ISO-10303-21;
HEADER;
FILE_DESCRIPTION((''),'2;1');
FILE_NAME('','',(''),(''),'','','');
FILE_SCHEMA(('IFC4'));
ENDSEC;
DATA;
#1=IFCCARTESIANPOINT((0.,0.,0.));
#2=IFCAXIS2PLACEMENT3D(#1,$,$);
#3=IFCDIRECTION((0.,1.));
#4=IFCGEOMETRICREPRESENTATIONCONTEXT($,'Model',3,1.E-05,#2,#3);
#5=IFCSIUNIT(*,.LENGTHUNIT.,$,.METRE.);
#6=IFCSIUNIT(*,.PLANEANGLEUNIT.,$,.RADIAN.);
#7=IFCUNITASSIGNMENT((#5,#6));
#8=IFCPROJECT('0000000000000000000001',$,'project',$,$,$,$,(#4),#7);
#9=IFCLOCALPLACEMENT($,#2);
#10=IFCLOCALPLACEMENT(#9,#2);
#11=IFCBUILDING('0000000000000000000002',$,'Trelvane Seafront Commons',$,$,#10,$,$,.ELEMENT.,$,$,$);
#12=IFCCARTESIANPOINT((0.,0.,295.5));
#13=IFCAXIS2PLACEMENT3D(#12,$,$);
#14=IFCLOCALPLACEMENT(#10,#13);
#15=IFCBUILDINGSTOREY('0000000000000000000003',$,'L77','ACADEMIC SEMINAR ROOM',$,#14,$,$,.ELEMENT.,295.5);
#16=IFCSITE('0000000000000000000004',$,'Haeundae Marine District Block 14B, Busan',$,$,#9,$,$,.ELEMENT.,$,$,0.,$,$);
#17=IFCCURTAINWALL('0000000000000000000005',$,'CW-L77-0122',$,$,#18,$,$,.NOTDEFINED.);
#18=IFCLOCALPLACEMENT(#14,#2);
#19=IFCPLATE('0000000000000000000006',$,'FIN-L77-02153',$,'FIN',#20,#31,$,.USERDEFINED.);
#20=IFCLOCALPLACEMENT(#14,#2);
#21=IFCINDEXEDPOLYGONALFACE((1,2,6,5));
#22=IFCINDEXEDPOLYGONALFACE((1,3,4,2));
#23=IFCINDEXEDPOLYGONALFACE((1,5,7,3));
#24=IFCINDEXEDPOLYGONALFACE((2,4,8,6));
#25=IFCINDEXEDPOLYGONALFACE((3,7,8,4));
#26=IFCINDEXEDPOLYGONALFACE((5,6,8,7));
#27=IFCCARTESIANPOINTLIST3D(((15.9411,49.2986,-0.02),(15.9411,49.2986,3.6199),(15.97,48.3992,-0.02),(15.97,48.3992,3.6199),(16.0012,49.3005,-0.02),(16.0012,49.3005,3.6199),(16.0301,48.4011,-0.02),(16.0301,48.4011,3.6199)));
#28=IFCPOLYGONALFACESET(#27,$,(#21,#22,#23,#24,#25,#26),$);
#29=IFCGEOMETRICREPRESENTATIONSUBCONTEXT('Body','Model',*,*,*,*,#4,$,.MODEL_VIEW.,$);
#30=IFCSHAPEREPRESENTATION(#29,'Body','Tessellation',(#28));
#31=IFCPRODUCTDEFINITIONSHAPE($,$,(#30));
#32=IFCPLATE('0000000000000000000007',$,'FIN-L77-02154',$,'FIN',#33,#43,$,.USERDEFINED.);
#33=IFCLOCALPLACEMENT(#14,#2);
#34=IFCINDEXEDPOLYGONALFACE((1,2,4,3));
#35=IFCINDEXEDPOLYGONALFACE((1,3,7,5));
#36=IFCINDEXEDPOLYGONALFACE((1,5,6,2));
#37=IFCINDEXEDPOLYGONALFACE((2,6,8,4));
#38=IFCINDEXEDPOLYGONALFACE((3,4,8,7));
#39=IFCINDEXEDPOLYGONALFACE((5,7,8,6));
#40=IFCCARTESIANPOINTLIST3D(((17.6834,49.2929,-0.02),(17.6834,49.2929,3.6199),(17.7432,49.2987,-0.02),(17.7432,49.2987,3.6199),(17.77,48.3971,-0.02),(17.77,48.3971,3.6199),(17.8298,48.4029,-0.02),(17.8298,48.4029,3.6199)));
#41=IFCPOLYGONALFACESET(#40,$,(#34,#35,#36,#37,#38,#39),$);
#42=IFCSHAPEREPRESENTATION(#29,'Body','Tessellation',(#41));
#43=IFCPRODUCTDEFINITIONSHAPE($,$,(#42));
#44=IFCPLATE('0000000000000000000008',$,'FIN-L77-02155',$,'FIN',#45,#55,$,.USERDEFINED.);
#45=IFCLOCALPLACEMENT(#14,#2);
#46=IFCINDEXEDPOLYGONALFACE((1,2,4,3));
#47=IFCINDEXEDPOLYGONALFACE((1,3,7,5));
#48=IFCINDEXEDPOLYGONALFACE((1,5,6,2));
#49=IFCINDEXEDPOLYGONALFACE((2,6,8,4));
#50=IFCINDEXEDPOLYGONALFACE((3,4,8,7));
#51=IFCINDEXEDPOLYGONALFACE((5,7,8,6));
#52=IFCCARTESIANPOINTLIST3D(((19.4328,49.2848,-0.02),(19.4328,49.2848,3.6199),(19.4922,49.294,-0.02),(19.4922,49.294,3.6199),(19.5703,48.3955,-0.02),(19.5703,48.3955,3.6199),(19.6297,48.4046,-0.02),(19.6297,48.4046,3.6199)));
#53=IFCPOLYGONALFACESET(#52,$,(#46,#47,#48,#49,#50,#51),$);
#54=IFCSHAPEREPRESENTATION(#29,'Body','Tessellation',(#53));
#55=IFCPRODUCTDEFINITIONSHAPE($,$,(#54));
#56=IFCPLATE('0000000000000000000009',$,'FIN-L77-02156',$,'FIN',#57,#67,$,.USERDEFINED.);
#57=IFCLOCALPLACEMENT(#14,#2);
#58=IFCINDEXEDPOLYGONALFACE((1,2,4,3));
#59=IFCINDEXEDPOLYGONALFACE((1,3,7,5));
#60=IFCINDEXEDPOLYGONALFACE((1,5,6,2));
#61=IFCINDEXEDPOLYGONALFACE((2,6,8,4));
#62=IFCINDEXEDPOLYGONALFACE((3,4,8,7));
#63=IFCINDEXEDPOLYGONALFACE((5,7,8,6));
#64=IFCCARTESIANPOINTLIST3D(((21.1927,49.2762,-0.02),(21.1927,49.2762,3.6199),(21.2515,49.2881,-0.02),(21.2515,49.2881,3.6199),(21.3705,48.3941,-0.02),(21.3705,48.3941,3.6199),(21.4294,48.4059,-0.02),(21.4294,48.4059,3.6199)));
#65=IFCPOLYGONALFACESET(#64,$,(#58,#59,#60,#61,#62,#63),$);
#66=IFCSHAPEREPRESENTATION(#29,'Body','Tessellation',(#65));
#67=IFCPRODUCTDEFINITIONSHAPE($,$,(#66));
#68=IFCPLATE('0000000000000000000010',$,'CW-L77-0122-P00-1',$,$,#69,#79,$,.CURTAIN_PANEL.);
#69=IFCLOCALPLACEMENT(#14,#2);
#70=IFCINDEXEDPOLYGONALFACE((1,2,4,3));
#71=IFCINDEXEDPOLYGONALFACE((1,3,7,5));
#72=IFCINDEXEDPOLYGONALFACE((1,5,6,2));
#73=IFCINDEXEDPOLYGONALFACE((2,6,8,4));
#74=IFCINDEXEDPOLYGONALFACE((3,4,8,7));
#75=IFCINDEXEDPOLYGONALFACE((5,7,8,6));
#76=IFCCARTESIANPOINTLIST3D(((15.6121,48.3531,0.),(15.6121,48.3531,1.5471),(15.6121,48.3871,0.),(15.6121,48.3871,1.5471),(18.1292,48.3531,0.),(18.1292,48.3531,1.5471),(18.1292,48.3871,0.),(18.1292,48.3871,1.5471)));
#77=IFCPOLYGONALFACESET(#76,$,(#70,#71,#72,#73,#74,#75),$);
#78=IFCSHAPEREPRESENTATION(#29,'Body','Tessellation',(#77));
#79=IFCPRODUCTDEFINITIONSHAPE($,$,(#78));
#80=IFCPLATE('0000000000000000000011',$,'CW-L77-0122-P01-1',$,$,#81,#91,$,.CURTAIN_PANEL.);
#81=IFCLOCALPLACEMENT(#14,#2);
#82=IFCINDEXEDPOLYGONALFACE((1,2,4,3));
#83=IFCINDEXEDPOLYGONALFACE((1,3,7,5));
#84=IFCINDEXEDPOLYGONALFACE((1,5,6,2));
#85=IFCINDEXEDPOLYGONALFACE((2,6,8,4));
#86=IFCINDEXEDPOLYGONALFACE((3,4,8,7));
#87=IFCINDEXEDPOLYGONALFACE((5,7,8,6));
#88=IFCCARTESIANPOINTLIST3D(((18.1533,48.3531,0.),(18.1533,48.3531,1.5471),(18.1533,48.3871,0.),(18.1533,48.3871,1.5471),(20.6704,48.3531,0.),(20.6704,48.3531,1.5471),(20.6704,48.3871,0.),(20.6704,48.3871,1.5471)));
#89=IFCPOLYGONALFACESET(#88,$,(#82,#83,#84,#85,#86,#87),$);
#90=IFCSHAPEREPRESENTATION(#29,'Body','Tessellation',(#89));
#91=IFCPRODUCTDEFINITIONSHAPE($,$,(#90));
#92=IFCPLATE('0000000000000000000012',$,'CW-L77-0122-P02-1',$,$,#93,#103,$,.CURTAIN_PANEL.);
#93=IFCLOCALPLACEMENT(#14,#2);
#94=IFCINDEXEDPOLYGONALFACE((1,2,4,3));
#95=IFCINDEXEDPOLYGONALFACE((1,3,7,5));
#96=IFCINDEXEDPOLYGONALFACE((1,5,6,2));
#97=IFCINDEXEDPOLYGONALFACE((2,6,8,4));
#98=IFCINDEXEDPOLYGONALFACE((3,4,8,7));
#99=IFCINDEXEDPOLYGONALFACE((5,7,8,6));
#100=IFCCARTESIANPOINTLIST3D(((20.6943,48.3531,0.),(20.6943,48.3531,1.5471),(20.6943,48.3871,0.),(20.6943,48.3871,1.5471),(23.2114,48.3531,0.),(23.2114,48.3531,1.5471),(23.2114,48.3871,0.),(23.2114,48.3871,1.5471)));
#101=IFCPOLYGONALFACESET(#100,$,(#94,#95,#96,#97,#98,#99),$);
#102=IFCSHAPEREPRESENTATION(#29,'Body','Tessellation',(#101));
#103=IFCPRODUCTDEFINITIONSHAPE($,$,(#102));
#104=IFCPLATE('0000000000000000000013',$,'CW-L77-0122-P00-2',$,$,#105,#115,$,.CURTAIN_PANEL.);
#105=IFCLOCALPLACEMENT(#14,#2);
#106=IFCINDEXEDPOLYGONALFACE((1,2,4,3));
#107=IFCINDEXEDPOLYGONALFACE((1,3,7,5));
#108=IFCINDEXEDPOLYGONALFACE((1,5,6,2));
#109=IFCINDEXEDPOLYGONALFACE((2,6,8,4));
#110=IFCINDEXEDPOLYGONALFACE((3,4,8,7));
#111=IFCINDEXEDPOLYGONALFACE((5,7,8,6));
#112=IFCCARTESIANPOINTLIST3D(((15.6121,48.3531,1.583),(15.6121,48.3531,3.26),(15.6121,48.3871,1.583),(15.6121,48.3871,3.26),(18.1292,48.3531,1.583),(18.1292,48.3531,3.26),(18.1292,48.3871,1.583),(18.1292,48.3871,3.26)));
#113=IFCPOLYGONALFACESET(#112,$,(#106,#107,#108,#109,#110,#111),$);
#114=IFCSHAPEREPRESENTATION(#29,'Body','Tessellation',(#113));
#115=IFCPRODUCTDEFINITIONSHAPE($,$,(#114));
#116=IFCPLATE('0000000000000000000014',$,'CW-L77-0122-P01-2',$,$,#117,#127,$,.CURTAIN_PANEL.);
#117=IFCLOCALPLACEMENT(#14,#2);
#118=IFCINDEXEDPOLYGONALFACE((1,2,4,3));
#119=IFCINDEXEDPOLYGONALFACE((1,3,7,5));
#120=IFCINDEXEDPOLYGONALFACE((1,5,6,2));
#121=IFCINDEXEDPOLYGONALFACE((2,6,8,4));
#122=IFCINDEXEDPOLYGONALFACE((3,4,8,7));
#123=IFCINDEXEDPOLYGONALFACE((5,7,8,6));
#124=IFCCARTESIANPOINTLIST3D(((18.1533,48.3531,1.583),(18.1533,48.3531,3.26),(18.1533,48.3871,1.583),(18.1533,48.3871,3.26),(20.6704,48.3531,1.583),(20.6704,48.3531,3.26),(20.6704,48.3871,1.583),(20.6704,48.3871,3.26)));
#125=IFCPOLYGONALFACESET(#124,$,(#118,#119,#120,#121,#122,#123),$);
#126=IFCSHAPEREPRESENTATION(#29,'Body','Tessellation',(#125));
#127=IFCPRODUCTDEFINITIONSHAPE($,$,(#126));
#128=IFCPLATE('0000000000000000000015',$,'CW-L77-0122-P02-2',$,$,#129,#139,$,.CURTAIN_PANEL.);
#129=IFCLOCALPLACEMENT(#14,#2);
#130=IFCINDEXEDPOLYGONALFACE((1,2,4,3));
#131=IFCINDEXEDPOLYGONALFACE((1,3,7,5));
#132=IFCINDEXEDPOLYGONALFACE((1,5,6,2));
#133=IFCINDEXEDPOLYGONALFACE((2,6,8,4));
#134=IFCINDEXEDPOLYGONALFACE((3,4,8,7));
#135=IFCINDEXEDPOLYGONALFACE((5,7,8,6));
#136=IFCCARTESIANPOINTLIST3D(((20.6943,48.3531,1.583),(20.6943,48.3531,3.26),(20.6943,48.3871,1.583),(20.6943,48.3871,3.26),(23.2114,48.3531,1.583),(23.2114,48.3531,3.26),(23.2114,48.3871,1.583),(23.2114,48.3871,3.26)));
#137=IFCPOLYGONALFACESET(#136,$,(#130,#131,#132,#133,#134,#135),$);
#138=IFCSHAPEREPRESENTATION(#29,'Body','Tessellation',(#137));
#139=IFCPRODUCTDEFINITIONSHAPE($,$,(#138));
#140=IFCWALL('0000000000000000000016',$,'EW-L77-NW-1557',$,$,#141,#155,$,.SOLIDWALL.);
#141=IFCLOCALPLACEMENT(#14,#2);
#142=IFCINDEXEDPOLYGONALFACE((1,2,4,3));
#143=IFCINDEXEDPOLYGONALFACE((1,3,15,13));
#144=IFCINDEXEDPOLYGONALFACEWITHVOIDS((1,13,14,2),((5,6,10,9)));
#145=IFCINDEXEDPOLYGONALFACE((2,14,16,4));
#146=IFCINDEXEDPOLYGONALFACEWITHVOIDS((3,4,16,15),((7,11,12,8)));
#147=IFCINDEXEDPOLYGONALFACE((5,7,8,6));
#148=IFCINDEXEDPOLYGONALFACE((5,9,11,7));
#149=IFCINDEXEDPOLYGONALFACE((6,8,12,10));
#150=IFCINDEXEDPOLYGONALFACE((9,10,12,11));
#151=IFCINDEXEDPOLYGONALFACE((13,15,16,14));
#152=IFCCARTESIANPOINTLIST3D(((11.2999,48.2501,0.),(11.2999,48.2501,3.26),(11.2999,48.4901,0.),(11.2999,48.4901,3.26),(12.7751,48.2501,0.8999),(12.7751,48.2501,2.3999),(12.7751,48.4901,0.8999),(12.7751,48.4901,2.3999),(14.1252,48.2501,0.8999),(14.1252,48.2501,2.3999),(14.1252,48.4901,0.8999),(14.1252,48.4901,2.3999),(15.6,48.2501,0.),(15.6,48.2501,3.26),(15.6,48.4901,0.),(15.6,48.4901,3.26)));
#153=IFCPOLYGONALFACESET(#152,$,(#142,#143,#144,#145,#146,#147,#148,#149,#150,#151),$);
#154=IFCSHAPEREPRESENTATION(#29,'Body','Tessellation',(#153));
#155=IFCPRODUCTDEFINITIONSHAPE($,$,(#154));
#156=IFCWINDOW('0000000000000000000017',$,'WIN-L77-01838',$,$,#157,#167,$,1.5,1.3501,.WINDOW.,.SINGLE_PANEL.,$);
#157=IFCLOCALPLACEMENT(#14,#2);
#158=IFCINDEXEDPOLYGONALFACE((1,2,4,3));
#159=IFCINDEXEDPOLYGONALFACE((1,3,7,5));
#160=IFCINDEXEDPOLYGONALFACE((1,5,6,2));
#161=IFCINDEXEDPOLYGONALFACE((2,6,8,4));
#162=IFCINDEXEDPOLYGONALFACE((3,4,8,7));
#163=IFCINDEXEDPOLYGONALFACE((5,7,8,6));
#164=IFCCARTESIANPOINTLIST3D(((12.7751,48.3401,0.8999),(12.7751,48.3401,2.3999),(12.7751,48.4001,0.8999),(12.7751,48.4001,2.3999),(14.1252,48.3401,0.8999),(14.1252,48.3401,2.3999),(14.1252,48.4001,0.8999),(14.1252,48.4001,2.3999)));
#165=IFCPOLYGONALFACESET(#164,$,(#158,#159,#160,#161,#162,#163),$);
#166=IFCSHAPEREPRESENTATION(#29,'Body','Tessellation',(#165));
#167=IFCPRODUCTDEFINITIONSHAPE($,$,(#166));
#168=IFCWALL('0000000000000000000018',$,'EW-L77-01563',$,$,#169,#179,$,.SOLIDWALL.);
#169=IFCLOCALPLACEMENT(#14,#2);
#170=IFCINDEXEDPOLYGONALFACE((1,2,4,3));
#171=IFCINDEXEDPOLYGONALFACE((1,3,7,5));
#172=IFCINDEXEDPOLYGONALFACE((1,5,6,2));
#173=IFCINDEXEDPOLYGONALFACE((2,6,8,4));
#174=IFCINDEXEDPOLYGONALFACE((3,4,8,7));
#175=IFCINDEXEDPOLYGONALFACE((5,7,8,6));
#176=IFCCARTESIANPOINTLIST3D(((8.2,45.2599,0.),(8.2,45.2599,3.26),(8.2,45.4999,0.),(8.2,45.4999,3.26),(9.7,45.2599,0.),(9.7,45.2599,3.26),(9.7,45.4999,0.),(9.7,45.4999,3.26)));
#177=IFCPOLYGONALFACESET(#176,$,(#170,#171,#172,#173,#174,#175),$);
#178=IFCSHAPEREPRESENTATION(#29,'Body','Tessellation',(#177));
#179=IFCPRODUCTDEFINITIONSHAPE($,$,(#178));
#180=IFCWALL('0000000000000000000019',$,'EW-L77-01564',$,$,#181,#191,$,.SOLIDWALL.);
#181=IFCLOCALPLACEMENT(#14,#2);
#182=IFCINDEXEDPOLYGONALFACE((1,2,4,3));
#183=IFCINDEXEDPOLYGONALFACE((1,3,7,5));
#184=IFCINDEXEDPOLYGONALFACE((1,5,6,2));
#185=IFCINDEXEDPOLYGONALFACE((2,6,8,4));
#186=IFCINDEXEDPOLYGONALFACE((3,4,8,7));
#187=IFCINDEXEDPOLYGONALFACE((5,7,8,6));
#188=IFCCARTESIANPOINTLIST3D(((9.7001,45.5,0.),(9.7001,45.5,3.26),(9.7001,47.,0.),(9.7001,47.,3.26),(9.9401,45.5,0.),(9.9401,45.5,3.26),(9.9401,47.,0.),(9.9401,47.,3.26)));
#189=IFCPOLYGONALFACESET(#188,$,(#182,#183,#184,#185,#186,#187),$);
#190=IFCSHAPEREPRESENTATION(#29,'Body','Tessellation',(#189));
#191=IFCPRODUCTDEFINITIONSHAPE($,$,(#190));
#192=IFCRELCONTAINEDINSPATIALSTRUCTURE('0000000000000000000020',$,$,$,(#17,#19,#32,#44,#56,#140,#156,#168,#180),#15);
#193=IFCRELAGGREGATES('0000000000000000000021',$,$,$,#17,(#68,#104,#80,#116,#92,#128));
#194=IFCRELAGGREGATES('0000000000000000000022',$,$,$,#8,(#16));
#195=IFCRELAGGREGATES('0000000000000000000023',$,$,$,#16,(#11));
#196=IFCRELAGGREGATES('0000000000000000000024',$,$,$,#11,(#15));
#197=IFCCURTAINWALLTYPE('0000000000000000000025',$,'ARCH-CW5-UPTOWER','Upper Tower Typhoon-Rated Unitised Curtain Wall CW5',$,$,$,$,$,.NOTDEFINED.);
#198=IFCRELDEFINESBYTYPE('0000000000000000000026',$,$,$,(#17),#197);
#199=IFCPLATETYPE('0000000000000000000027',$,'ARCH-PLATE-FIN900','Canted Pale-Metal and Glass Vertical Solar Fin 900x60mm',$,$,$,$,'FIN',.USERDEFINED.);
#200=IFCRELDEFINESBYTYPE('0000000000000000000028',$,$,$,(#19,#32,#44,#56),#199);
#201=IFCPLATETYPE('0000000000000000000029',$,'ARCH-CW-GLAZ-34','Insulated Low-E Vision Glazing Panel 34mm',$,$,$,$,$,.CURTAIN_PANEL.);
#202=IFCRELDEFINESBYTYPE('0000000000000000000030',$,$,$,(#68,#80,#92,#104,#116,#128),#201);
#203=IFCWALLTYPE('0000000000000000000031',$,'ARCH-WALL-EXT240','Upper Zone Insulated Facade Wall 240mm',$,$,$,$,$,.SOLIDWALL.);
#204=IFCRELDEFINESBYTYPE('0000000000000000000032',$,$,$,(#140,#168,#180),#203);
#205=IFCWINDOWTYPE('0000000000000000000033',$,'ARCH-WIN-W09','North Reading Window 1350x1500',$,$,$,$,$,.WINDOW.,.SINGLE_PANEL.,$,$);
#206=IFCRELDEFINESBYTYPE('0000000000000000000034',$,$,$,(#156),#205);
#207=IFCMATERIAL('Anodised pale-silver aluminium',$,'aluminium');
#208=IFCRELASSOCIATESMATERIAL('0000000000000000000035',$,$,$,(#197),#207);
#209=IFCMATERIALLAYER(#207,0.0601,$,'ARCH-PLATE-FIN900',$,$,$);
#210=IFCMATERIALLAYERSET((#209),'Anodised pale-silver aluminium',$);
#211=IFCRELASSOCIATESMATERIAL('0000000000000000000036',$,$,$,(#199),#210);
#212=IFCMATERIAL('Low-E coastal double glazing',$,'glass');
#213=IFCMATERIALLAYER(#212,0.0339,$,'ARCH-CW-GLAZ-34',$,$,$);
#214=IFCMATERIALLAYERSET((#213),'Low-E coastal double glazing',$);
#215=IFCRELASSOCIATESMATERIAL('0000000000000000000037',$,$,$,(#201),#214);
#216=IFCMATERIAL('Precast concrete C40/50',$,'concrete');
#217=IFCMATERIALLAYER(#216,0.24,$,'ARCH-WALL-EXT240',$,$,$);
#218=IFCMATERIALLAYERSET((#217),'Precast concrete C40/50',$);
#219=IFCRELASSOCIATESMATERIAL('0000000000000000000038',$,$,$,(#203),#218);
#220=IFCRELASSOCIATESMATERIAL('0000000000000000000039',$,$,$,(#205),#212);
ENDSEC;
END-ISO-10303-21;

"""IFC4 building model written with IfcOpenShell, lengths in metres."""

from ifc_helpers import new_model, si_unit, direction, frame, frame_2d, origin, origin_2d, place, context, subcontext, project, spatial, rectangle, extrude, source, transform, mapped, material, layer, layer_set, type_object, element, fill, aggregate, save


model = new_model("IFC4")

# Units and contexts
model_context = context("Model", 3, precision=1e-05, world=origin(), true_north=direction((0.0, 1.0)))
body_context = subcontext(model_context, "Body", "Model", "MODEL_VIEW")
ifc_project = project(units=[si_unit("LENGTHUNIT", "METRE"), si_unit("PLANEANGLEUNIT", "RADIAN")], contexts=[model_context])

# Site, building, storey
site_placement = place(None, origin())
site = spatial("IfcSite", under=ifc_project, at=site_placement, Name="Haeundae Marine District Block 14B, Busan", CompositionType="ELEMENT", RefElevation=0.0)
building_placement = place(site_placement, origin())
building = spatial("IfcBuilding", under=site, at=building_placement, Name="Trelvane Seafront Commons", CompositionType="ELEMENT")
storey_placement = place(building_placement, frame((0.0, 0.0, 295.5)))
storey = spatial("IfcBuildingStorey", under=building, at=storey_placement, Name="L77", Description="ACADEMIC SEMINAR ROOM", CompositionType="ELEMENT", Elevation=295.5)

# Curtain wall
ifc_material_1 = material(Name="Anodised pale-silver aluminium", Category="aluminium")
curtain_wall_type = type_object("IfcCurtainWallType", Name="ARCH-CW5-UPTOWER", Description="Upper Tower Typhoon-Rated Unitised Curtain Wall CW5", PredefinedType="NOTDEFINED", material=ifc_material_1)
curtain_wall_placement = place(storey_placement, origin())
curtain_wall = element("IfcCurtainWall", 1, at=curtain_wall_placement, inside=storey, type_object=curtain_wall_type, Name="CW-L77-0122", PredefinedType="NOTDEFINED")

# Plates
ifc_layer_1 = layer(ifc_material_1, 0.0601, Name="ARCH-PLATE-FIN900")
ifc_layer_set_1 = layer_set([ifc_layer_1], Name="Anodised pale-silver aluminium")
plate_type_1 = type_object("IfcPlateType", Name="ARCH-PLATE-FIN900", Description="Canted Pale-Metal and Glass Vertical Solar Fin 900x60mm", ElementType="FIN", PredefinedType="USERDEFINED", material=ifc_layer_set_1)
shared_shape_1 = source(origin(), body_context, "Body", "SweptSolid", [
    extrude(rectangle(XDim=0.8999, YDim=0.0601, at=origin_2d()), origin(), (0.0, 0.0, 1.0), 3.6399),
])
for number, where, z_axis, x_axis, name in (
    (2, (15.9856, 48.8499, -0.02), (0.0, 0.0, 1.0), (-0.032112, 0.999484, 0.0), "FIN-L77-02153"),
    (3, (17.7566, 48.8479, -0.02), (0.0, 0.0, 1.0), (-0.096224, 0.99536, 0.0), "FIN-L77-02154"),
    (4, (19.5312, 48.8447, -0.02), (0.0, 0.0, 1.0), (-0.152784, 0.98826, 0.0), "FIN-L77-02155"),
    (5, (21.311, 48.8411, -0.02), (0.0, 0.0, 1.0), (-0.197676, 0.980267, 0.0), "FIN-L77-02156"),
):
    element("IfcPlate", number, at=place(storey_placement, frame(where, z_axis=z_axis, x_axis=x_axis)), inside=storey, type_object=plate_type_1, Name=name, ObjectType="FIN", PredefinedType="USERDEFINED", context=body_context, shape_type="MappedRepresentation", body=[
        mapped(shared_shape_1, transform((0.0, 0.0, 0.0), x_axis=(1.0, 0.0, 0.0), y_axis=(0.0, 1.0, 0.0), z_axis=(0.0, 0.0, 1.0), scale=1.0)),
    ])

# Plates
ifc_material_2 = material(Name="Low-E coastal double glazing", Category="glass")
ifc_layer_2 = layer(ifc_material_2, 0.0339, Name="ARCH-CW-GLAZ-34")
ifc_layer_set_2 = layer_set([ifc_layer_2], Name="Low-E coastal double glazing")
plate_type_2 = type_object("IfcPlateType", Name="ARCH-CW-GLAZ-34", Description="Insulated Low-E Vision Glazing Panel 34mm", PredefinedType="CURTAIN_PANEL", material=ifc_layer_set_2)
shared_shape_2 = source(origin(), body_context, "Body", "SweptSolid", [
    extrude(rectangle(XDim=2.5171, YDim=0.0339, at=origin_2d()), origin(), (0.0, 0.0, 1.0), 1.5471),
])
plate_1_placement = place(storey_placement, frame((16.8706, 48.3701, 0.0), z_axis=(0.0, 0.0, 1.0), x_axis=(1.0, 0.0, 0.0)))
plate_1 = element("IfcPlate", 6, at=plate_1_placement, type_object=plate_type_2, Name="CW-L77-0122-P00-1", PredefinedType="CURTAIN_PANEL", context=body_context, shape_type="MappedRepresentation", body=[
    mapped(shared_shape_2, transform((0.0, 0.0, 0.0), x_axis=(1.0, 0.0, 0.0), y_axis=(0.0, 1.0, 0.0), z_axis=(0.0, 0.0, 1.0), scale=1.0)),
])
plate_2_placement = place(storey_placement, frame((19.4119, 48.3701, 0.0), z_axis=(0.0, 0.0, 1.0), x_axis=(1.0, 0.0, 0.0)))
plate_2 = element("IfcPlate", 7, at=plate_2_placement, type_object=plate_type_2, Name="CW-L77-0122-P01-1", PredefinedType="CURTAIN_PANEL", context=body_context, shape_type="MappedRepresentation", body=[
    mapped(shared_shape_2, transform((0.0, 0.0, 0.0), x_axis=(1.0, 0.0, 0.0), y_axis=(0.0, 1.0, 0.0), z_axis=(0.0, 0.0, 1.0), scale=1.0)),
])
plate_3_placement = place(storey_placement, frame((21.9529, 48.3701, 0.0), z_axis=(0.0, 0.0, 1.0), x_axis=(1.0, 0.0, 0.0)))
plate_3 = element("IfcPlate", 8, at=plate_3_placement, type_object=plate_type_2, Name="CW-L77-0122-P02-1", PredefinedType="CURTAIN_PANEL", context=body_context, shape_type="MappedRepresentation", body=[
    mapped(shared_shape_2, transform((0.0, 0.0, 0.0), x_axis=(1.0, 0.0, 0.0), y_axis=(0.0, 1.0, 0.0), z_axis=(0.0, 0.0, 1.0), scale=1.0)),
])
shared_shape_3 = source(origin(), body_context, "Body", "SweptSolid", [
    extrude(rectangle(XDim=2.5171, YDim=0.0339, at=origin_2d()), origin(), (0.0, 0.0, 1.0), 1.677),
])
plate_4_placement = place(storey_placement, frame((16.8706, 48.3701, 1.583), z_axis=(0.0, 0.0, 1.0), x_axis=(1.0, 0.0, 0.0)))
plate_4 = element("IfcPlate", 9, at=plate_4_placement, type_object=plate_type_2, Name="CW-L77-0122-P00-2", PredefinedType="CURTAIN_PANEL", context=body_context, shape_type="MappedRepresentation", body=[
    mapped(shared_shape_3, transform((0.0, 0.0, 0.0), x_axis=(1.0, 0.0, 0.0), y_axis=(0.0, 1.0, 0.0), z_axis=(0.0, 0.0, 1.0), scale=1.0)),
])
plate_5_placement = place(storey_placement, frame((19.4119, 48.3701, 1.583), z_axis=(0.0, 0.0, 1.0), x_axis=(1.0, 0.0, 0.0)))
plate_5 = element("IfcPlate", 10, at=plate_5_placement, type_object=plate_type_2, Name="CW-L77-0122-P01-2", PredefinedType="CURTAIN_PANEL", context=body_context, shape_type="MappedRepresentation", body=[
    mapped(shared_shape_3, transform((0.0, 0.0, 0.0), x_axis=(1.0, 0.0, 0.0), y_axis=(0.0, 1.0, 0.0), z_axis=(0.0, 0.0, 1.0), scale=1.0)),
])
plate_6_placement = place(storey_placement, frame((21.9529, 48.3701, 1.583), z_axis=(0.0, 0.0, 1.0), x_axis=(1.0, 0.0, 0.0)))
plate_6 = element("IfcPlate", 11, at=plate_6_placement, type_object=plate_type_2, Name="CW-L77-0122-P02-2", PredefinedType="CURTAIN_PANEL", context=body_context, shape_type="MappedRepresentation", body=[
    mapped(shared_shape_3, transform((0.0, 0.0, 0.0), x_axis=(1.0, 0.0, 0.0), y_axis=(0.0, 1.0, 0.0), z_axis=(0.0, 0.0, 1.0), scale=1.0)),
])
aggregate(curtain_wall, [plate_1, plate_4, plate_2, plate_5, plate_3, plate_6])

# Wall, opening, window
ifc_material_3 = material(Name="Precast concrete C40/50", Category="concrete")
ifc_layer_3 = layer(ifc_material_3, 0.24, Name="ARCH-WALL-EXT240")
ifc_layer_set_3 = layer_set([ifc_layer_3], Name="Precast concrete C40/50")
wall_type = type_object("IfcWallType", Name="ARCH-WALL-EXT240", Description="Upper Zone Insulated Facade Wall 240mm", PredefinedType="SOLIDWALL", material=ifc_layer_set_3)
wall_placement = place(storey_placement, frame((11.3, 48.3701, 0.0), z_axis=(0.0, 0.0, 1.0), x_axis=(1.0, 0.0, 0.0)))
wall = element("IfcWall", 12, at=wall_placement, inside=storey, type_object=wall_type, Name="EW-L77-NW-1557", PredefinedType="SOLIDWALL", context=body_context, shape_type="SweptSolid", body=[
    extrude(rectangle(XDim=4.3, YDim=0.24, at=frame_2d((2.1499, 0.0))), origin(), (0.0, 0.0, 1.0), 3.26),
])
opening_placement = place(wall_placement, frame((1.4751, 0.0, 0.8999)))
opening = element("IfcOpeningElement", 13, at=opening_placement, cuts=wall, PredefinedType="OPENING", context=body_context, shape_type="SweptSolid", body=[
    extrude(rectangle(XDim=1.3501, YDim=1.5, at=frame_2d((0.675, 0.75))), frame((0.0, 0.1299, 0.0), z_axis=(0.0, -1.0, 0.0), x_axis=(1.0, 0.0, 0.0)), (0.0, 0.0, 1.0), 0.26),
])
window_type = type_object("IfcWindowType", Name="ARCH-WIN-W09", Description="North Reading Window 1350x1500", PartitioningType="SINGLE_PANEL", PredefinedType="WINDOW", material=ifc_material_2)
shared_shape_4 = source(origin(), body_context, "Body", "SweptSolid", [
    extrude(rectangle(XDim=1.3501, YDim=1.5, at=frame_2d((0.675, 0.75))), frame((0.0, 0.03, 0.0), z_axis=(0.0, -1.0, 0.0), x_axis=(1.0, 0.0, 0.0)), (0.0, 0.0, 1.0), 0.0601),
])
window_placement = place(opening_placement, origin())
window = element("IfcWindow", 14, at=window_placement, inside=storey, type_object=window_type, Name="WIN-L77-01838", OverallHeight=1.5, OverallWidth=1.3501, PartitioningType="SINGLE_PANEL", PredefinedType="WINDOW", context=body_context, shape_type="MappedRepresentation", body=[
    mapped(shared_shape_4, transform((0.0, 0.0, 0.0), x_axis=(1.0, 0.0, 0.0), y_axis=(0.0, 1.0, 0.0), z_axis=(0.0, 0.0, 1.0), scale=1.0)),
])
fill(opening, window)

# Walls
for number, where, z_axis, x_axis, name in (
    (15, (8.2, 45.3799, 0.0), (0.0, 0.0, 1.0), (1.0, 0.0, 0.0), "EW-L77-01563"),
    (16, (9.8201, 45.5, 0.0), (0.0, 0.0, 1.0), (0.0, 1.0, 0.0), "EW-L77-01564"),
):
    element("IfcWall", number, at=place(storey_placement, frame(where, z_axis=z_axis, x_axis=x_axis)), inside=storey, type_object=wall_type, Name=name, PredefinedType="SOLIDWALL", context=body_context, shape_type="SweptSolid", body=[
        extrude(rectangle(XDim=1.5, YDim=0.24, at=frame_2d((0.75, 0.0))), origin(), (0.0, 0.0, 1.0), 3.26),
    ])

save(model, "model.ifc")
